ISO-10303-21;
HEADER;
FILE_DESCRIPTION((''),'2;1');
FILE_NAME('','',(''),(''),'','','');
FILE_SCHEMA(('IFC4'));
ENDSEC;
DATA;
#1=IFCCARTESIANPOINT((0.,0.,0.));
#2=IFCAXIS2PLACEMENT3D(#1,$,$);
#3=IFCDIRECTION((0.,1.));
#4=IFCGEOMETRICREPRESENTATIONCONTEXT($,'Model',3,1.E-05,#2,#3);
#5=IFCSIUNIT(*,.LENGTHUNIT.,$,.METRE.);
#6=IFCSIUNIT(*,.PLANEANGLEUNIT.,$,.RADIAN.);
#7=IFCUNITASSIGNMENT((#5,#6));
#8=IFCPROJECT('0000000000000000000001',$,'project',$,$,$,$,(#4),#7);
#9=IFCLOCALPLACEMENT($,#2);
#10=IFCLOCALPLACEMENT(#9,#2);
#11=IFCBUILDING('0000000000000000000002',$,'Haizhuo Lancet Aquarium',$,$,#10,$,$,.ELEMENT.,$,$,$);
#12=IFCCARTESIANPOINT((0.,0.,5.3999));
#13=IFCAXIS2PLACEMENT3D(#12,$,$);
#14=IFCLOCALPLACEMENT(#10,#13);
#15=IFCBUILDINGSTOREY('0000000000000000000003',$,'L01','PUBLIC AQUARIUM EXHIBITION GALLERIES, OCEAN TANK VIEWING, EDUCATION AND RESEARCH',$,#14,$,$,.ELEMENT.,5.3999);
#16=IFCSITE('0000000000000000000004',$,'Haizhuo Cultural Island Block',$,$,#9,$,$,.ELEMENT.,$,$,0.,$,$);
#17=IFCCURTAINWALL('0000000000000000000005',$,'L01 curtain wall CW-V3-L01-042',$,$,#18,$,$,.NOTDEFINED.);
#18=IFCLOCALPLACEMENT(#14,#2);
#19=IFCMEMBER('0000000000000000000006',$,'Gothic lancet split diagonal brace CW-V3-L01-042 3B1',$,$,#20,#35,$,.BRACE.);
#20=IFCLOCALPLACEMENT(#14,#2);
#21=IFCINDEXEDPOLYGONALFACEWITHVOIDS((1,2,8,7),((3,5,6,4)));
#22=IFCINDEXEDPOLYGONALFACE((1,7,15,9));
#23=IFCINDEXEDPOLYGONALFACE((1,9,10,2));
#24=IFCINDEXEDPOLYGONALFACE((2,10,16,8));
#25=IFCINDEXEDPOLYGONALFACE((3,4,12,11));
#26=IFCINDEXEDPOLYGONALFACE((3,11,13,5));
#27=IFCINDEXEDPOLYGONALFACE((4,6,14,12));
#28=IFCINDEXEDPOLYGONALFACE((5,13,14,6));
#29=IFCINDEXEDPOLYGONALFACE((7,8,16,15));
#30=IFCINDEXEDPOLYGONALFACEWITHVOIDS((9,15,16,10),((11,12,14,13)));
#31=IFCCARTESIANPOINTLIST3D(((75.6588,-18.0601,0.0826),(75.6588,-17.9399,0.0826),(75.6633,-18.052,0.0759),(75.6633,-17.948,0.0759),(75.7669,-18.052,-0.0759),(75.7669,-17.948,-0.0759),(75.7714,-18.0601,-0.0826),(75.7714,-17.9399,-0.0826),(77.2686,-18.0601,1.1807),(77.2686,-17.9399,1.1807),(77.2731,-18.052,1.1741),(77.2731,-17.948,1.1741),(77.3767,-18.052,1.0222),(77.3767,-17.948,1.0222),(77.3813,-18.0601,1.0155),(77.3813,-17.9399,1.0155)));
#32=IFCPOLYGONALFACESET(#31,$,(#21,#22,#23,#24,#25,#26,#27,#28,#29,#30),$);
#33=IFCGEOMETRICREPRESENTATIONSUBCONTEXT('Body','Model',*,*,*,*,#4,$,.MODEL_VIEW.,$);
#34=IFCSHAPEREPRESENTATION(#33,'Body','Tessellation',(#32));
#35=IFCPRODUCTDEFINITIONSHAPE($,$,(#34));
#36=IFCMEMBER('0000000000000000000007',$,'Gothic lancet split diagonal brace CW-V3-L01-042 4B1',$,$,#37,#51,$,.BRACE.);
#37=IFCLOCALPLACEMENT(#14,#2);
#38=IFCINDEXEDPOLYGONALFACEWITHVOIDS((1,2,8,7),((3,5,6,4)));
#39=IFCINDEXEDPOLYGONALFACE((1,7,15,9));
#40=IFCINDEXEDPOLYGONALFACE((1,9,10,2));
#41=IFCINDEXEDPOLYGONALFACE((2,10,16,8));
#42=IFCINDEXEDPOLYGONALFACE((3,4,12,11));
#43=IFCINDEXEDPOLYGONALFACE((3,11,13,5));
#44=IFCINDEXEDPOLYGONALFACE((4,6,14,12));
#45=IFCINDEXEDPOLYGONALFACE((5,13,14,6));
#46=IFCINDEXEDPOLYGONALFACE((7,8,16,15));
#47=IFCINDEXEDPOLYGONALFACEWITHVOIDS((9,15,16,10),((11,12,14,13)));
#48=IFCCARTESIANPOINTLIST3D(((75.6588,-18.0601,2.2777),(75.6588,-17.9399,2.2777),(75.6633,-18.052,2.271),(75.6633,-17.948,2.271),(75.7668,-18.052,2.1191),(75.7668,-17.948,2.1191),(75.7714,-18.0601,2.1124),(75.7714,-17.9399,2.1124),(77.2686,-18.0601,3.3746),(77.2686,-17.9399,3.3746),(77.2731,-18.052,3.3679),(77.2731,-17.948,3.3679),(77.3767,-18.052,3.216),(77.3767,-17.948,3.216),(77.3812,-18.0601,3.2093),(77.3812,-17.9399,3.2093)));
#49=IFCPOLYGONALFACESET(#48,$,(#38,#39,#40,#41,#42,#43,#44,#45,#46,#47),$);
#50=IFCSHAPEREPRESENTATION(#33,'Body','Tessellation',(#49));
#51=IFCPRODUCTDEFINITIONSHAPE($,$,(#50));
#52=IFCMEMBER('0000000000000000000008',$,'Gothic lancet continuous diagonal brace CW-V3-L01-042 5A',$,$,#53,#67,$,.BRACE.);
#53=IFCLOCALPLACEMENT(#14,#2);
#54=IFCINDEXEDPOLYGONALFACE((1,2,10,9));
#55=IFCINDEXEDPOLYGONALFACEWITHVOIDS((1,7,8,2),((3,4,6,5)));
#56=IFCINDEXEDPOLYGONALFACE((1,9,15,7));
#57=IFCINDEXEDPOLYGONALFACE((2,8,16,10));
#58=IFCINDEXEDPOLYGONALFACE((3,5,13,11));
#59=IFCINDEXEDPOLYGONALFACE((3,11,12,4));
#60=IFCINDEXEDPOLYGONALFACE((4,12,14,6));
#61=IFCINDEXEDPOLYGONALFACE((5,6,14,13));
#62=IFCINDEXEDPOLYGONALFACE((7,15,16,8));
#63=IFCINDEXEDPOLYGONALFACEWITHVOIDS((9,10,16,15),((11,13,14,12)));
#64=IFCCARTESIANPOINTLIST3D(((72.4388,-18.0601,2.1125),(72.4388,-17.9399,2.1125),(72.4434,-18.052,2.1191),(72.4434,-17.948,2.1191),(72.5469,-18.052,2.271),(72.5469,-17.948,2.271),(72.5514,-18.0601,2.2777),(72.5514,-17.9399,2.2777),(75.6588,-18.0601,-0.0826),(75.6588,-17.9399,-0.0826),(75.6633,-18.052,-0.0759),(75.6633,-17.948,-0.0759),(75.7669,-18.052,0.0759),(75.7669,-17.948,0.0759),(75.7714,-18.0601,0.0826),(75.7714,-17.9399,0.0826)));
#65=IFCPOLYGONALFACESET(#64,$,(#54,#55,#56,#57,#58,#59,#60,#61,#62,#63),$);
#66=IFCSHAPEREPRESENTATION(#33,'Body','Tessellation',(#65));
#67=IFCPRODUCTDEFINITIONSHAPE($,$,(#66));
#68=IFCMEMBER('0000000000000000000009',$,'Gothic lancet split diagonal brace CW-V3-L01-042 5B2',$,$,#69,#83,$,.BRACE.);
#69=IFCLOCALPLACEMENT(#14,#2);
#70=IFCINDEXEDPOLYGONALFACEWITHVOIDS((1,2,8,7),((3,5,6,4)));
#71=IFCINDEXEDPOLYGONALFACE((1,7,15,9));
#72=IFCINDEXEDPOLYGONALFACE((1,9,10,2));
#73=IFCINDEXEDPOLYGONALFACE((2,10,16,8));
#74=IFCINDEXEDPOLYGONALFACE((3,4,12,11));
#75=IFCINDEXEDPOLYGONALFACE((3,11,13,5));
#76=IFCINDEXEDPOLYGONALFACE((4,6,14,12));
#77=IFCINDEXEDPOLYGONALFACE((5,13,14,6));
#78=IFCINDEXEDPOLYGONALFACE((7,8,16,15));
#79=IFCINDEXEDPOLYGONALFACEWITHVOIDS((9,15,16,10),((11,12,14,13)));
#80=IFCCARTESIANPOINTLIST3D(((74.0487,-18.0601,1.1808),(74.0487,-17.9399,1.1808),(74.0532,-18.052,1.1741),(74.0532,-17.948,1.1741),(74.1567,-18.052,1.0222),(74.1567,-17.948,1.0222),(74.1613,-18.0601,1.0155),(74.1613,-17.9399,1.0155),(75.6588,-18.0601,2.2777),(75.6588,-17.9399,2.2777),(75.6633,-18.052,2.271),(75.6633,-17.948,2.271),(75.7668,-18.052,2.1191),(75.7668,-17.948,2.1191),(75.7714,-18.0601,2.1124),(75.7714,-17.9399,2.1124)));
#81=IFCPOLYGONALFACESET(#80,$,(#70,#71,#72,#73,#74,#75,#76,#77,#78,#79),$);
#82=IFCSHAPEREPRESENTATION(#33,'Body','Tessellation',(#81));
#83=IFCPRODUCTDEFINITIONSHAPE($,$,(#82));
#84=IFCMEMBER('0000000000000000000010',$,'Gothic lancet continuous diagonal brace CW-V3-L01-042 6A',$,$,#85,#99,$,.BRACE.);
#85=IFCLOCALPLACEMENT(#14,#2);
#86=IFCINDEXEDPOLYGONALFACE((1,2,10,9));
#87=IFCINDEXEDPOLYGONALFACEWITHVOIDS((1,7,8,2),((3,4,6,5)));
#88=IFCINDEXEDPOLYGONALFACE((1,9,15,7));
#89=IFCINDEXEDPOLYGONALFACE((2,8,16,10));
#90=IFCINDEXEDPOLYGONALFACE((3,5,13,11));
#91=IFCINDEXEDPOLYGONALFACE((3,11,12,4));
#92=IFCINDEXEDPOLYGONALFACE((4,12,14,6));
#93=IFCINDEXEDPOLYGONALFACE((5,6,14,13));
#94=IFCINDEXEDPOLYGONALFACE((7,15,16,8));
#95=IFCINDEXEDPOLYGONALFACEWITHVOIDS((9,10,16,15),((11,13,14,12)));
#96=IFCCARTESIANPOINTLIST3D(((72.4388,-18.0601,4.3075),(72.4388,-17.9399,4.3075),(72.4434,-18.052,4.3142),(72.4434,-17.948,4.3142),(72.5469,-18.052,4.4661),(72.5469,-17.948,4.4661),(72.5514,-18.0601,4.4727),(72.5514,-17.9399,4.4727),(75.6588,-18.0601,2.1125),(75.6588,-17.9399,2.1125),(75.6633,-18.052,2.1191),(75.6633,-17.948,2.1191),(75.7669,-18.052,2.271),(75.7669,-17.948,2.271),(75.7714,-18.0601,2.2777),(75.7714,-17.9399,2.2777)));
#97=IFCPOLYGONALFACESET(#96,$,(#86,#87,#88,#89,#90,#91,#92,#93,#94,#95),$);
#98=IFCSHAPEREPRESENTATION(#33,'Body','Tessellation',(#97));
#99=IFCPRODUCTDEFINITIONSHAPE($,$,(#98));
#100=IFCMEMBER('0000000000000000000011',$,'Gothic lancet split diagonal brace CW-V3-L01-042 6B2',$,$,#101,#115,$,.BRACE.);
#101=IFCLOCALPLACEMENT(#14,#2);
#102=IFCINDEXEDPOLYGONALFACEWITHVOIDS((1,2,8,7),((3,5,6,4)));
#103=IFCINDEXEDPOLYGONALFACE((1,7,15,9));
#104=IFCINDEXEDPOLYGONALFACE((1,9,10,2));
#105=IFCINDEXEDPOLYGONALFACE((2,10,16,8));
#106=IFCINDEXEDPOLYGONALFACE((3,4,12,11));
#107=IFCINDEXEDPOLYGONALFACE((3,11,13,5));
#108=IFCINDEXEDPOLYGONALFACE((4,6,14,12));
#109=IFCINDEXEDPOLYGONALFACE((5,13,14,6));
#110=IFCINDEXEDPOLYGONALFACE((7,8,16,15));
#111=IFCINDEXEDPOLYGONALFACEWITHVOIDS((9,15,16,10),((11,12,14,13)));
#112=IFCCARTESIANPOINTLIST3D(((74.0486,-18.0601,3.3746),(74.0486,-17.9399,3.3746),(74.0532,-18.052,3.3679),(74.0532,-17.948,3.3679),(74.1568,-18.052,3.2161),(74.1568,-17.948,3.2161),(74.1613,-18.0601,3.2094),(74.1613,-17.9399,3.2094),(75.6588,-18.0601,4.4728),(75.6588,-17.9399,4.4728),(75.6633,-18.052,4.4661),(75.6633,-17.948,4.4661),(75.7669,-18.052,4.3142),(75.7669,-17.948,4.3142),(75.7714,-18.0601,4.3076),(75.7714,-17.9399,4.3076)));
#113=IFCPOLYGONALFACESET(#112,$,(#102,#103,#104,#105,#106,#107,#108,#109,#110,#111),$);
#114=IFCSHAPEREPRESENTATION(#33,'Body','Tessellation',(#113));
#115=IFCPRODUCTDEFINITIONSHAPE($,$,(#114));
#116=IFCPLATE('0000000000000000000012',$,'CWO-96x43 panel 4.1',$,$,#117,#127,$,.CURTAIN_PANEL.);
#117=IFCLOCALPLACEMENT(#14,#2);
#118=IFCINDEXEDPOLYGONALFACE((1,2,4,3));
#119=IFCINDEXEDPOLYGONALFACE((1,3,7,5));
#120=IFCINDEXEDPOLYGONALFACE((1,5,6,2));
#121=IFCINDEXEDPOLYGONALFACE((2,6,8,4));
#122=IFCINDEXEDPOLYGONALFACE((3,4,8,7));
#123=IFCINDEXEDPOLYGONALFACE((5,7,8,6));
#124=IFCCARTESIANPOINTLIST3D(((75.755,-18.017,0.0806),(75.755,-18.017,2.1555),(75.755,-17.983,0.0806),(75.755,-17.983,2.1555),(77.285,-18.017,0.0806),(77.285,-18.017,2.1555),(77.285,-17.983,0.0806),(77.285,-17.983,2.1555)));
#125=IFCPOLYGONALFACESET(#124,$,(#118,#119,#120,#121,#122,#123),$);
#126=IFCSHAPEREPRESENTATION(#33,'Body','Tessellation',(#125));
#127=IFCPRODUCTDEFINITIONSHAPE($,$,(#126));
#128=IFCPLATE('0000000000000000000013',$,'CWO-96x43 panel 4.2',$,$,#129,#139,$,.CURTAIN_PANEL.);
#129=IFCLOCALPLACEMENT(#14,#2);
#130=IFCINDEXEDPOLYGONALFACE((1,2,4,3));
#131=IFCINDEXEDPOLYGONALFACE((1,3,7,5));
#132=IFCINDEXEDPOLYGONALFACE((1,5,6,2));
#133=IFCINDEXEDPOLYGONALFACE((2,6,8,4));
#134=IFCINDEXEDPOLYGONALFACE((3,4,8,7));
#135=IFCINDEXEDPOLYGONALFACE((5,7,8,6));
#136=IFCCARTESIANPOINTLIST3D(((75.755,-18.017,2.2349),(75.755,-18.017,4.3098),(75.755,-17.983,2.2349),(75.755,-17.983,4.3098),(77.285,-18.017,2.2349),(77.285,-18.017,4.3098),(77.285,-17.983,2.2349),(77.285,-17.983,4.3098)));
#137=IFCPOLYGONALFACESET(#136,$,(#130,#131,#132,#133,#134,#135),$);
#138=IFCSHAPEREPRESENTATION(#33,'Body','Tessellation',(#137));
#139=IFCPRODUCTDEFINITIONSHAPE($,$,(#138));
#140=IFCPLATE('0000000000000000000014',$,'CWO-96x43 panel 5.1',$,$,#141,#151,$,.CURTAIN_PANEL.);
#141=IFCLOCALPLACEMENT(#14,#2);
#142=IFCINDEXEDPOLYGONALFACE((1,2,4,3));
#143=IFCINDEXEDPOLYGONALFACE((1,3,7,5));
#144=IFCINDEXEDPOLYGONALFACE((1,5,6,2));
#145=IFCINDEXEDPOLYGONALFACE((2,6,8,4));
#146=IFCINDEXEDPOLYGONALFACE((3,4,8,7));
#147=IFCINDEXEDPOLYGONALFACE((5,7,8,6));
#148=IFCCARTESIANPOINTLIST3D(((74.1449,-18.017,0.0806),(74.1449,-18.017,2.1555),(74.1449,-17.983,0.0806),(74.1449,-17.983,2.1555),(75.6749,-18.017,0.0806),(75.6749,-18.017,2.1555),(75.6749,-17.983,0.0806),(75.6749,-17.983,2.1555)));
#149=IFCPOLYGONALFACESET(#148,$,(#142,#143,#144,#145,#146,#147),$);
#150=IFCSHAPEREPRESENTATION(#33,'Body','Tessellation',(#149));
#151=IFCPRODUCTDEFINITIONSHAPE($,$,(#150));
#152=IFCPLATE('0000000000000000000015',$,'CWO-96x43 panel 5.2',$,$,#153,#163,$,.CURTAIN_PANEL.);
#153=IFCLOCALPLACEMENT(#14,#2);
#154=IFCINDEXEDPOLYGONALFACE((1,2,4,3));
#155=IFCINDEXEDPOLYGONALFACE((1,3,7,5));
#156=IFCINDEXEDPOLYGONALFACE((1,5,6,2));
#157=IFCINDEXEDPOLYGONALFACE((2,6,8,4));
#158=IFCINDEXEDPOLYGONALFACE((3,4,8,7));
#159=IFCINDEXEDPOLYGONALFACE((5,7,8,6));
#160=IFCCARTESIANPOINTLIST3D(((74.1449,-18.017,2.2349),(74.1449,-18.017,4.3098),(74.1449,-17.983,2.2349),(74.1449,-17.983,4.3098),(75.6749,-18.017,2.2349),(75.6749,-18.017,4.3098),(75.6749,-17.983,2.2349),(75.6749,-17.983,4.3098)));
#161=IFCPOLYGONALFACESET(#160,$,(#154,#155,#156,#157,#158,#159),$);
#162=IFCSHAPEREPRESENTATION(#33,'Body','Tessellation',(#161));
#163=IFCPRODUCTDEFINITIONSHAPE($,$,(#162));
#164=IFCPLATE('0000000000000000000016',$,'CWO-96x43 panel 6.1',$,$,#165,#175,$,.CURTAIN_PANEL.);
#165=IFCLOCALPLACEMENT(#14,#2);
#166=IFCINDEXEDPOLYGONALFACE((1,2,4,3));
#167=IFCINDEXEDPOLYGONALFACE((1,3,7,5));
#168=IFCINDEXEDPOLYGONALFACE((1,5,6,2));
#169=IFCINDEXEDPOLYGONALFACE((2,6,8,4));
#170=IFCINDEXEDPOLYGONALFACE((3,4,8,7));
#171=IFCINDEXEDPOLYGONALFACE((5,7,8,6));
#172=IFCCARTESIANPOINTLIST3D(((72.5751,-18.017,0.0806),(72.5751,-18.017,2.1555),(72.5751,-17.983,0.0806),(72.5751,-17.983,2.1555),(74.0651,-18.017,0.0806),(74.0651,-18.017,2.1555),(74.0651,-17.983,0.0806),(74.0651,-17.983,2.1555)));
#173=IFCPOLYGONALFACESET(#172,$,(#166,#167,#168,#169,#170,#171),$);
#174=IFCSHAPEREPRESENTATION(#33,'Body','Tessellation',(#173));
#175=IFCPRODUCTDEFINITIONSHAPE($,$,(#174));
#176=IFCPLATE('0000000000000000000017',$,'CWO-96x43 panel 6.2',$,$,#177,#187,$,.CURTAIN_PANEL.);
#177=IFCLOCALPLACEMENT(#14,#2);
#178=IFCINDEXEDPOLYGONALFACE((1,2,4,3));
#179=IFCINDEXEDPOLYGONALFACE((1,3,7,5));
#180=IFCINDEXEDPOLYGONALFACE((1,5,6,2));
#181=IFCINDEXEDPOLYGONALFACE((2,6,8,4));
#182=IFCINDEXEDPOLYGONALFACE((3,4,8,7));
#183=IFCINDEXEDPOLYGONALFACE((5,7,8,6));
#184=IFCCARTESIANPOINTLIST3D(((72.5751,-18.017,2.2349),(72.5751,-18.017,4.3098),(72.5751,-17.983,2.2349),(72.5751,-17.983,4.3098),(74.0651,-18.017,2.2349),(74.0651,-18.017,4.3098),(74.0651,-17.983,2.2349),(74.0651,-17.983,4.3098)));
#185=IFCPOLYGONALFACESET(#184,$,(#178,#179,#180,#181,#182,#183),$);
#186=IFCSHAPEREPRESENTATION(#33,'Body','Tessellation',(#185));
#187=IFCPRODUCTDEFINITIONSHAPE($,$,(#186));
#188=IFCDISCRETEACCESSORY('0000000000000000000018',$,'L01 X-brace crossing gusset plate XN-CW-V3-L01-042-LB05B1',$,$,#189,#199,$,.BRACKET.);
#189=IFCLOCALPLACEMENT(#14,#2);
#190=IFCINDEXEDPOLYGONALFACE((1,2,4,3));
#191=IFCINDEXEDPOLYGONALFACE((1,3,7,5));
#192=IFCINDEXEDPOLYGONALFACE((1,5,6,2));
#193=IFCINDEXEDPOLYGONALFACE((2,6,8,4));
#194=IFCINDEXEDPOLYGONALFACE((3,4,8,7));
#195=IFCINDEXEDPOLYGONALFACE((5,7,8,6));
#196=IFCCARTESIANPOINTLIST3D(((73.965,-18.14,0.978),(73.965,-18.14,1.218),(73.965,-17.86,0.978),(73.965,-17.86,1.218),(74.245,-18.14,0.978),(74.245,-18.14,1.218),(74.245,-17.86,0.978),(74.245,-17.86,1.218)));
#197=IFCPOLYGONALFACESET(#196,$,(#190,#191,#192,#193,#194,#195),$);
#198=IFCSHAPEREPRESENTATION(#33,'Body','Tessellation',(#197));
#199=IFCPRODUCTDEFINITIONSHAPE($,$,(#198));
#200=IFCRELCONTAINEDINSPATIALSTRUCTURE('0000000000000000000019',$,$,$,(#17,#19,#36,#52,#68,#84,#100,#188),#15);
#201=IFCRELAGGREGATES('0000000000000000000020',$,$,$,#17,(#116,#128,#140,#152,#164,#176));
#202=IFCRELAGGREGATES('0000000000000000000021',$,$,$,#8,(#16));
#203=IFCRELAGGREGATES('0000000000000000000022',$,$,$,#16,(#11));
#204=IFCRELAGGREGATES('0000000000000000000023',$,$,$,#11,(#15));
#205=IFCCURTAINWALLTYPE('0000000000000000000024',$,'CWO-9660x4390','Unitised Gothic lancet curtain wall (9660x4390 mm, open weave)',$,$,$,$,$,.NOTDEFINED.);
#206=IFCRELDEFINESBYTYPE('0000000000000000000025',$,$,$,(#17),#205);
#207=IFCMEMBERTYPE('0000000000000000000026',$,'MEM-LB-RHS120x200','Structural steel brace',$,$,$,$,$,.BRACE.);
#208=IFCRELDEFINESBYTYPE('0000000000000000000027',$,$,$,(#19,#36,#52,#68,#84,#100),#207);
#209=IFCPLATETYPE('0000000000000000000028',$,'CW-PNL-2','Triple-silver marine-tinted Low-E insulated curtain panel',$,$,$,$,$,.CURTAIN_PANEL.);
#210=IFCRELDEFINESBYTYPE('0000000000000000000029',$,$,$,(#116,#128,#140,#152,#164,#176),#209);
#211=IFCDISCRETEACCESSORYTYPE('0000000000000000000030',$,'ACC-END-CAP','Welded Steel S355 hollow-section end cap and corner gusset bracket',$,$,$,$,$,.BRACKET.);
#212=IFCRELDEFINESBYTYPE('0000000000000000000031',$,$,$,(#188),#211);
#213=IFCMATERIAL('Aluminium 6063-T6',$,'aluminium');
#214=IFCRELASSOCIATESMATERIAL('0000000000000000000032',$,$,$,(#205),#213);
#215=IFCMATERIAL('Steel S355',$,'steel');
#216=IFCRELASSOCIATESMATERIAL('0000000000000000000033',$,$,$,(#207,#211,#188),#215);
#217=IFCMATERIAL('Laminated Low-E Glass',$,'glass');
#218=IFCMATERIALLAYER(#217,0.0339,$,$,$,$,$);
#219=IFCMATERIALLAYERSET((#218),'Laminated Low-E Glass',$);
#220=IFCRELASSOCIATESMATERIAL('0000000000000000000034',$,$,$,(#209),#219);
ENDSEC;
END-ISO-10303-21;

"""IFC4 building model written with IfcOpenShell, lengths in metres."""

from ifc_helpers import new_model, si_unit, direction, frame, origin, origin_2d, place, context, subcontext, project, spatial, rectangle, hollow_rectangle, extrude, material, layer, layer_set, material_profile, profile_set, type_object, element, aggregate, save


model = new_model("IFC4")

# Units and contexts
model_context = context("Model", 3, precision=1e-05, world=origin(), true_north=direction((0.0, 1.0)))
body_context = subcontext(model_context, "Body", "Model", "MODEL_VIEW")
ifc_project = project(units=[si_unit("LENGTHUNIT", "METRE"), si_unit("PLANEANGLEUNIT", "RADIAN")], contexts=[model_context])

# Site, building, storey
site_placement = place(None, origin())
site = spatial("IfcSite", under=ifc_project, at=site_placement, Name="Haizhuo Cultural Island Block", CompositionType="ELEMENT", RefElevation=0.0)
building_placement = place(site_placement, origin())
building = spatial("IfcBuilding", under=site, at=building_placement, Name="Haizhuo Lancet Aquarium", CompositionType="ELEMENT")
storey_placement = place(building_placement, frame((0.0, 0.0, 5.3999)))
storey = spatial("IfcBuildingStorey", under=building, at=storey_placement, Name="L01", Description="PUBLIC AQUARIUM EXHIBITION GALLERIES, OCEAN TANK VIEWING, EDUCATION AND RESEARCH", CompositionType="ELEMENT", Elevation=5.3999)

# Curtain wall
ifc_material_1 = material(Name="Aluminium 6063-T6", Category="aluminium")
curtain_wall_type = type_object("IfcCurtainWallType", Name="CWO-9660x4390", Description="Unitised Gothic lancet curtain wall (9660x4390 mm, open weave)", PredefinedType="NOTDEFINED", material=ifc_material_1)
curtain_wall_placement = place(storey_placement, origin())
curtain_wall = element("IfcCurtainWall", 1, at=curtain_wall_placement, inside=storey, type_object=curtain_wall_type, Name="L01 curtain wall CW-V3-L01-042", PredefinedType="NOTDEFINED")

# Members
ifc_material_2 = material(Name="Steel S355", Category="steel")
ifc_material_profile_1 = material_profile(ifc_material_2, hollow_rectangle(XDim=0.1201, YDim=0.2, WallThickness=0.0081, at=origin_2d()), Name="RHS 120x200x8")
ifc_profile_set_1 = profile_set([ifc_material_profile_1], Name="Steel S355")
member_type_1 = type_object("IfcMemberType", Name="MEM-LB-RHS120x200", Description="Structural steel brace", PredefinedType="BRACE", material=ifc_profile_set_1)
member_1_placement = place(storey_placement, frame((75.7151, -18.0, 0.0), z_axis=(0.826105, 0.0, 0.563516), x_axis=(0.0, 1.0, 0.0)))
element("IfcMember", 2, at=member_1_placement, inside=storey, type_object=member_type_1, Name="Gothic lancet split diagonal brace CW-V3-L01-042 3B1", PredefinedType="BRACE", context=body_context, shape_type="SweptSolid", body=[
    extrude(hollow_rectangle(XDim=0.1201, YDim=0.2, WallThickness=0.0081, at=origin_2d()), origin(), (0.0, 0.0, 1.0), 1.9487),
])
member_2_placement = place(storey_placement, frame((75.7151, -18.0, 2.1951), z_axis=(0.826397, 0.0, 0.563088), x_axis=(0.0, 1.0, 0.0)))
element("IfcMember", 3, at=member_2_placement, inside=storey, type_object=member_type_1, Name="Gothic lancet split diagonal brace CW-V3-L01-042 4B1", PredefinedType="BRACE", context=body_context, shape_type="SweptSolid", body=[
    extrude(hollow_rectangle(XDim=0.1201, YDim=0.2, WallThickness=0.0081, at=origin_2d()), origin(), (0.0, 0.0, 1.0), 1.948),
])
member_3_placement = place(storey_placement, frame((75.7151, -18.0, 0.0), z_axis=(-0.826271, 0.0, 0.563273), x_axis=(0.0, -1.0, 0.0)))
element("IfcMember", 4, at=member_3_placement, inside=storey, type_object=member_type_1, Name="Gothic lancet continuous diagonal brace CW-V3-L01-042 5A", PredefinedType="BRACE", context=body_context, shape_type="SweptSolid", body=[
    extrude(hollow_rectangle(XDim=0.1201, YDim=0.2, WallThickness=0.0081, at=origin_2d()), origin(), (0.0, 0.0, 1.0), 3.897),
])
member_4_placement = place(storey_placement, frame((74.105, -18.0, 1.0981), z_axis=(0.826437, 0.0, 0.56303), x_axis=(0.0, 1.0, 0.0)))
element("IfcMember", 5, at=member_4_placement, inside=storey, type_object=member_type_1, Name="Gothic lancet split diagonal brace CW-V3-L01-042 5B2", PredefinedType="BRACE", context=body_context, shape_type="SweptSolid", body=[
    extrude(hollow_rectangle(XDim=0.1201, YDim=0.2, WallThickness=0.0081, at=origin_2d()), origin(), (0.0, 0.0, 1.0), 1.9482),
])
member_5_placement = place(storey_placement, frame((75.7151, -18.0, 2.1951), z_axis=(-0.826271, 0.0, 0.563273), x_axis=(0.0, -1.0, 0.0)))
element("IfcMember", 6, at=member_5_placement, inside=storey, type_object=member_type_1, Name="Gothic lancet continuous diagonal brace CW-V3-L01-042 6A", PredefinedType="BRACE", context=body_context, shape_type="SweptSolid", body=[
    extrude(hollow_rectangle(XDim=0.1201, YDim=0.2, WallThickness=0.0081, at=origin_2d()), origin(), (0.0, 0.0, 1.0), 3.897),
])
member_6_placement = place(storey_placement, frame((74.105, -18.0, 3.292), z_axis=(0.826145, 0.0, 0.563457), x_axis=(0.0, 1.0, 0.0)))
element("IfcMember", 7, at=member_6_placement, inside=storey, type_object=member_type_1, Name="Gothic lancet split diagonal brace CW-V3-L01-042 6B2", PredefinedType="BRACE", context=body_context, shape_type="SweptSolid", body=[
    extrude(hollow_rectangle(XDim=0.1201, YDim=0.2, WallThickness=0.0081, at=origin_2d()), origin(), (0.0, 0.0, 1.0), 1.949),
])

# Plates
ifc_material_3 = material(Name="Laminated Low-E Glass", Category="glass")
ifc_layer = layer(ifc_material_3, 0.0339)
ifc_layer_set = layer_set([ifc_layer], Name="Laminated Low-E Glass")
plate_type = type_object("IfcPlateType", Name="CW-PNL-2", Description="Triple-silver marine-tinted Low-E insulated curtain panel", PredefinedType="CURTAIN_PANEL", material=ifc_layer_set)
plate_1_placement = place(storey_placement, frame((76.52, -18.0, 0.0806), z_axis=(0.0, 0.0, 1.0), x_axis=(-1.0, 0.0, 0.0)))
plate_1 = element("IfcPlate", 8, at=plate_1_placement, type_object=plate_type, Name="CWO-96x43 panel 4.1", PredefinedType="CURTAIN_PANEL", context=body_context, shape_type="SweptSolid", body=[
    extrude(rectangle(XDim=1.53, YDim=0.0339, at=origin_2d()), origin(), (0.0, 0.0, 1.0), 2.075),
])
plate_2_placement = place(storey_placement, frame((76.52, -18.0, 2.2349), z_axis=(0.0, 0.0, 1.0), x_axis=(-1.0, 0.0, 0.0)))
plate_2 = element("IfcPlate", 9, at=plate_2_placement, type_object=plate_type, Name="CWO-96x43 panel 4.2", PredefinedType="CURTAIN_PANEL", context=body_context, shape_type="SweptSolid", body=[
    extrude(rectangle(XDim=1.53, YDim=0.0339, at=origin_2d()), origin(), (0.0, 0.0, 1.0), 2.075),
])
plate_3_placement = place(storey_placement, frame((74.9099, -18.0, 0.0806), z_axis=(0.0, 0.0, 1.0), x_axis=(-1.0, 0.0, 0.0)))
plate_3 = element("IfcPlate", 10, at=plate_3_placement, type_object=plate_type, Name="CWO-96x43 panel 5.1", PredefinedType="CURTAIN_PANEL", context=body_context, shape_type="SweptSolid", body=[
    extrude(rectangle(XDim=1.53, YDim=0.0339, at=origin_2d()), origin(), (0.0, 0.0, 1.0), 2.075),
])
plate_4_placement = place(storey_placement, frame((74.9099, -18.0, 2.2349), z_axis=(0.0, 0.0, 1.0), x_axis=(-1.0, 0.0, 0.0)))
plate_4 = element("IfcPlate", 11, at=plate_4_placement, type_object=plate_type, Name="CWO-96x43 panel 5.2", PredefinedType="CURTAIN_PANEL", context=body_context, shape_type="SweptSolid", body=[
    extrude(rectangle(XDim=1.53, YDim=0.0339, at=origin_2d()), origin(), (0.0, 0.0, 1.0), 2.075),
])
plate_5_placement = place(storey_placement, frame((73.3201, -18.0, 0.0806), z_axis=(0.0, 0.0, 1.0), x_axis=(-1.0, 0.0, 0.0)))
plate_5 = element("IfcPlate", 12, at=plate_5_placement, type_object=plate_type, Name="CWO-96x43 panel 6.1", PredefinedType="CURTAIN_PANEL", context=body_context, shape_type="SweptSolid", body=[
    extrude(rectangle(XDim=1.49, YDim=0.0339, at=origin_2d()), origin(), (0.0, 0.0, 1.0), 2.075),
])
plate_6_placement = place(storey_placement, frame((73.3201, -18.0, 2.2349), z_axis=(0.0, 0.0, 1.0), x_axis=(-1.0, 0.0, 0.0)))
plate_6 = element("IfcPlate", 13, at=plate_6_placement, type_object=plate_type, Name="CWO-96x43 panel 6.2", PredefinedType="CURTAIN_PANEL", context=body_context, shape_type="SweptSolid", body=[
    extrude(rectangle(XDim=1.49, YDim=0.0339, at=origin_2d()), origin(), (0.0, 0.0, 1.0), 2.075),
])
aggregate(curtain_wall, [plate_1, plate_2, plate_3, plate_4, plate_5, plate_6])

# Discrete accessory
discrete_accessory_type = type_object("IfcDiscreteAccessoryType", Name="ACC-END-CAP", Description="Welded Steel S355 hollow-section end cap and corner gusset bracket", PredefinedType="BRACKET", material=ifc_material_2)
for number, where, z_axis, x_axis, name in (
    (14, (74.105, -18.0, 0.978), (0.0, 0.0, 1.0), (1.0, 0.0, 0.0), "L01 X-brace crossing gusset plate XN-CW-V3-L01-042-LB05B1"),
):
    element("IfcDiscreteAccessory", number, at=place(storey_placement, frame(where, z_axis=z_axis, x_axis=x_axis)), inside=storey, type_object=discrete_accessory_type, material=ifc_material_2, Name=name, PredefinedType="BRACKET", context=body_context, shape_type="SweptSolid", body=[
        extrude(rectangle(XDim=0.28, YDim=0.28, at=origin_2d()), origin(), (0.0, 0.0, 1.0), 0.24),
    ])

save(model, "model.ifc")
